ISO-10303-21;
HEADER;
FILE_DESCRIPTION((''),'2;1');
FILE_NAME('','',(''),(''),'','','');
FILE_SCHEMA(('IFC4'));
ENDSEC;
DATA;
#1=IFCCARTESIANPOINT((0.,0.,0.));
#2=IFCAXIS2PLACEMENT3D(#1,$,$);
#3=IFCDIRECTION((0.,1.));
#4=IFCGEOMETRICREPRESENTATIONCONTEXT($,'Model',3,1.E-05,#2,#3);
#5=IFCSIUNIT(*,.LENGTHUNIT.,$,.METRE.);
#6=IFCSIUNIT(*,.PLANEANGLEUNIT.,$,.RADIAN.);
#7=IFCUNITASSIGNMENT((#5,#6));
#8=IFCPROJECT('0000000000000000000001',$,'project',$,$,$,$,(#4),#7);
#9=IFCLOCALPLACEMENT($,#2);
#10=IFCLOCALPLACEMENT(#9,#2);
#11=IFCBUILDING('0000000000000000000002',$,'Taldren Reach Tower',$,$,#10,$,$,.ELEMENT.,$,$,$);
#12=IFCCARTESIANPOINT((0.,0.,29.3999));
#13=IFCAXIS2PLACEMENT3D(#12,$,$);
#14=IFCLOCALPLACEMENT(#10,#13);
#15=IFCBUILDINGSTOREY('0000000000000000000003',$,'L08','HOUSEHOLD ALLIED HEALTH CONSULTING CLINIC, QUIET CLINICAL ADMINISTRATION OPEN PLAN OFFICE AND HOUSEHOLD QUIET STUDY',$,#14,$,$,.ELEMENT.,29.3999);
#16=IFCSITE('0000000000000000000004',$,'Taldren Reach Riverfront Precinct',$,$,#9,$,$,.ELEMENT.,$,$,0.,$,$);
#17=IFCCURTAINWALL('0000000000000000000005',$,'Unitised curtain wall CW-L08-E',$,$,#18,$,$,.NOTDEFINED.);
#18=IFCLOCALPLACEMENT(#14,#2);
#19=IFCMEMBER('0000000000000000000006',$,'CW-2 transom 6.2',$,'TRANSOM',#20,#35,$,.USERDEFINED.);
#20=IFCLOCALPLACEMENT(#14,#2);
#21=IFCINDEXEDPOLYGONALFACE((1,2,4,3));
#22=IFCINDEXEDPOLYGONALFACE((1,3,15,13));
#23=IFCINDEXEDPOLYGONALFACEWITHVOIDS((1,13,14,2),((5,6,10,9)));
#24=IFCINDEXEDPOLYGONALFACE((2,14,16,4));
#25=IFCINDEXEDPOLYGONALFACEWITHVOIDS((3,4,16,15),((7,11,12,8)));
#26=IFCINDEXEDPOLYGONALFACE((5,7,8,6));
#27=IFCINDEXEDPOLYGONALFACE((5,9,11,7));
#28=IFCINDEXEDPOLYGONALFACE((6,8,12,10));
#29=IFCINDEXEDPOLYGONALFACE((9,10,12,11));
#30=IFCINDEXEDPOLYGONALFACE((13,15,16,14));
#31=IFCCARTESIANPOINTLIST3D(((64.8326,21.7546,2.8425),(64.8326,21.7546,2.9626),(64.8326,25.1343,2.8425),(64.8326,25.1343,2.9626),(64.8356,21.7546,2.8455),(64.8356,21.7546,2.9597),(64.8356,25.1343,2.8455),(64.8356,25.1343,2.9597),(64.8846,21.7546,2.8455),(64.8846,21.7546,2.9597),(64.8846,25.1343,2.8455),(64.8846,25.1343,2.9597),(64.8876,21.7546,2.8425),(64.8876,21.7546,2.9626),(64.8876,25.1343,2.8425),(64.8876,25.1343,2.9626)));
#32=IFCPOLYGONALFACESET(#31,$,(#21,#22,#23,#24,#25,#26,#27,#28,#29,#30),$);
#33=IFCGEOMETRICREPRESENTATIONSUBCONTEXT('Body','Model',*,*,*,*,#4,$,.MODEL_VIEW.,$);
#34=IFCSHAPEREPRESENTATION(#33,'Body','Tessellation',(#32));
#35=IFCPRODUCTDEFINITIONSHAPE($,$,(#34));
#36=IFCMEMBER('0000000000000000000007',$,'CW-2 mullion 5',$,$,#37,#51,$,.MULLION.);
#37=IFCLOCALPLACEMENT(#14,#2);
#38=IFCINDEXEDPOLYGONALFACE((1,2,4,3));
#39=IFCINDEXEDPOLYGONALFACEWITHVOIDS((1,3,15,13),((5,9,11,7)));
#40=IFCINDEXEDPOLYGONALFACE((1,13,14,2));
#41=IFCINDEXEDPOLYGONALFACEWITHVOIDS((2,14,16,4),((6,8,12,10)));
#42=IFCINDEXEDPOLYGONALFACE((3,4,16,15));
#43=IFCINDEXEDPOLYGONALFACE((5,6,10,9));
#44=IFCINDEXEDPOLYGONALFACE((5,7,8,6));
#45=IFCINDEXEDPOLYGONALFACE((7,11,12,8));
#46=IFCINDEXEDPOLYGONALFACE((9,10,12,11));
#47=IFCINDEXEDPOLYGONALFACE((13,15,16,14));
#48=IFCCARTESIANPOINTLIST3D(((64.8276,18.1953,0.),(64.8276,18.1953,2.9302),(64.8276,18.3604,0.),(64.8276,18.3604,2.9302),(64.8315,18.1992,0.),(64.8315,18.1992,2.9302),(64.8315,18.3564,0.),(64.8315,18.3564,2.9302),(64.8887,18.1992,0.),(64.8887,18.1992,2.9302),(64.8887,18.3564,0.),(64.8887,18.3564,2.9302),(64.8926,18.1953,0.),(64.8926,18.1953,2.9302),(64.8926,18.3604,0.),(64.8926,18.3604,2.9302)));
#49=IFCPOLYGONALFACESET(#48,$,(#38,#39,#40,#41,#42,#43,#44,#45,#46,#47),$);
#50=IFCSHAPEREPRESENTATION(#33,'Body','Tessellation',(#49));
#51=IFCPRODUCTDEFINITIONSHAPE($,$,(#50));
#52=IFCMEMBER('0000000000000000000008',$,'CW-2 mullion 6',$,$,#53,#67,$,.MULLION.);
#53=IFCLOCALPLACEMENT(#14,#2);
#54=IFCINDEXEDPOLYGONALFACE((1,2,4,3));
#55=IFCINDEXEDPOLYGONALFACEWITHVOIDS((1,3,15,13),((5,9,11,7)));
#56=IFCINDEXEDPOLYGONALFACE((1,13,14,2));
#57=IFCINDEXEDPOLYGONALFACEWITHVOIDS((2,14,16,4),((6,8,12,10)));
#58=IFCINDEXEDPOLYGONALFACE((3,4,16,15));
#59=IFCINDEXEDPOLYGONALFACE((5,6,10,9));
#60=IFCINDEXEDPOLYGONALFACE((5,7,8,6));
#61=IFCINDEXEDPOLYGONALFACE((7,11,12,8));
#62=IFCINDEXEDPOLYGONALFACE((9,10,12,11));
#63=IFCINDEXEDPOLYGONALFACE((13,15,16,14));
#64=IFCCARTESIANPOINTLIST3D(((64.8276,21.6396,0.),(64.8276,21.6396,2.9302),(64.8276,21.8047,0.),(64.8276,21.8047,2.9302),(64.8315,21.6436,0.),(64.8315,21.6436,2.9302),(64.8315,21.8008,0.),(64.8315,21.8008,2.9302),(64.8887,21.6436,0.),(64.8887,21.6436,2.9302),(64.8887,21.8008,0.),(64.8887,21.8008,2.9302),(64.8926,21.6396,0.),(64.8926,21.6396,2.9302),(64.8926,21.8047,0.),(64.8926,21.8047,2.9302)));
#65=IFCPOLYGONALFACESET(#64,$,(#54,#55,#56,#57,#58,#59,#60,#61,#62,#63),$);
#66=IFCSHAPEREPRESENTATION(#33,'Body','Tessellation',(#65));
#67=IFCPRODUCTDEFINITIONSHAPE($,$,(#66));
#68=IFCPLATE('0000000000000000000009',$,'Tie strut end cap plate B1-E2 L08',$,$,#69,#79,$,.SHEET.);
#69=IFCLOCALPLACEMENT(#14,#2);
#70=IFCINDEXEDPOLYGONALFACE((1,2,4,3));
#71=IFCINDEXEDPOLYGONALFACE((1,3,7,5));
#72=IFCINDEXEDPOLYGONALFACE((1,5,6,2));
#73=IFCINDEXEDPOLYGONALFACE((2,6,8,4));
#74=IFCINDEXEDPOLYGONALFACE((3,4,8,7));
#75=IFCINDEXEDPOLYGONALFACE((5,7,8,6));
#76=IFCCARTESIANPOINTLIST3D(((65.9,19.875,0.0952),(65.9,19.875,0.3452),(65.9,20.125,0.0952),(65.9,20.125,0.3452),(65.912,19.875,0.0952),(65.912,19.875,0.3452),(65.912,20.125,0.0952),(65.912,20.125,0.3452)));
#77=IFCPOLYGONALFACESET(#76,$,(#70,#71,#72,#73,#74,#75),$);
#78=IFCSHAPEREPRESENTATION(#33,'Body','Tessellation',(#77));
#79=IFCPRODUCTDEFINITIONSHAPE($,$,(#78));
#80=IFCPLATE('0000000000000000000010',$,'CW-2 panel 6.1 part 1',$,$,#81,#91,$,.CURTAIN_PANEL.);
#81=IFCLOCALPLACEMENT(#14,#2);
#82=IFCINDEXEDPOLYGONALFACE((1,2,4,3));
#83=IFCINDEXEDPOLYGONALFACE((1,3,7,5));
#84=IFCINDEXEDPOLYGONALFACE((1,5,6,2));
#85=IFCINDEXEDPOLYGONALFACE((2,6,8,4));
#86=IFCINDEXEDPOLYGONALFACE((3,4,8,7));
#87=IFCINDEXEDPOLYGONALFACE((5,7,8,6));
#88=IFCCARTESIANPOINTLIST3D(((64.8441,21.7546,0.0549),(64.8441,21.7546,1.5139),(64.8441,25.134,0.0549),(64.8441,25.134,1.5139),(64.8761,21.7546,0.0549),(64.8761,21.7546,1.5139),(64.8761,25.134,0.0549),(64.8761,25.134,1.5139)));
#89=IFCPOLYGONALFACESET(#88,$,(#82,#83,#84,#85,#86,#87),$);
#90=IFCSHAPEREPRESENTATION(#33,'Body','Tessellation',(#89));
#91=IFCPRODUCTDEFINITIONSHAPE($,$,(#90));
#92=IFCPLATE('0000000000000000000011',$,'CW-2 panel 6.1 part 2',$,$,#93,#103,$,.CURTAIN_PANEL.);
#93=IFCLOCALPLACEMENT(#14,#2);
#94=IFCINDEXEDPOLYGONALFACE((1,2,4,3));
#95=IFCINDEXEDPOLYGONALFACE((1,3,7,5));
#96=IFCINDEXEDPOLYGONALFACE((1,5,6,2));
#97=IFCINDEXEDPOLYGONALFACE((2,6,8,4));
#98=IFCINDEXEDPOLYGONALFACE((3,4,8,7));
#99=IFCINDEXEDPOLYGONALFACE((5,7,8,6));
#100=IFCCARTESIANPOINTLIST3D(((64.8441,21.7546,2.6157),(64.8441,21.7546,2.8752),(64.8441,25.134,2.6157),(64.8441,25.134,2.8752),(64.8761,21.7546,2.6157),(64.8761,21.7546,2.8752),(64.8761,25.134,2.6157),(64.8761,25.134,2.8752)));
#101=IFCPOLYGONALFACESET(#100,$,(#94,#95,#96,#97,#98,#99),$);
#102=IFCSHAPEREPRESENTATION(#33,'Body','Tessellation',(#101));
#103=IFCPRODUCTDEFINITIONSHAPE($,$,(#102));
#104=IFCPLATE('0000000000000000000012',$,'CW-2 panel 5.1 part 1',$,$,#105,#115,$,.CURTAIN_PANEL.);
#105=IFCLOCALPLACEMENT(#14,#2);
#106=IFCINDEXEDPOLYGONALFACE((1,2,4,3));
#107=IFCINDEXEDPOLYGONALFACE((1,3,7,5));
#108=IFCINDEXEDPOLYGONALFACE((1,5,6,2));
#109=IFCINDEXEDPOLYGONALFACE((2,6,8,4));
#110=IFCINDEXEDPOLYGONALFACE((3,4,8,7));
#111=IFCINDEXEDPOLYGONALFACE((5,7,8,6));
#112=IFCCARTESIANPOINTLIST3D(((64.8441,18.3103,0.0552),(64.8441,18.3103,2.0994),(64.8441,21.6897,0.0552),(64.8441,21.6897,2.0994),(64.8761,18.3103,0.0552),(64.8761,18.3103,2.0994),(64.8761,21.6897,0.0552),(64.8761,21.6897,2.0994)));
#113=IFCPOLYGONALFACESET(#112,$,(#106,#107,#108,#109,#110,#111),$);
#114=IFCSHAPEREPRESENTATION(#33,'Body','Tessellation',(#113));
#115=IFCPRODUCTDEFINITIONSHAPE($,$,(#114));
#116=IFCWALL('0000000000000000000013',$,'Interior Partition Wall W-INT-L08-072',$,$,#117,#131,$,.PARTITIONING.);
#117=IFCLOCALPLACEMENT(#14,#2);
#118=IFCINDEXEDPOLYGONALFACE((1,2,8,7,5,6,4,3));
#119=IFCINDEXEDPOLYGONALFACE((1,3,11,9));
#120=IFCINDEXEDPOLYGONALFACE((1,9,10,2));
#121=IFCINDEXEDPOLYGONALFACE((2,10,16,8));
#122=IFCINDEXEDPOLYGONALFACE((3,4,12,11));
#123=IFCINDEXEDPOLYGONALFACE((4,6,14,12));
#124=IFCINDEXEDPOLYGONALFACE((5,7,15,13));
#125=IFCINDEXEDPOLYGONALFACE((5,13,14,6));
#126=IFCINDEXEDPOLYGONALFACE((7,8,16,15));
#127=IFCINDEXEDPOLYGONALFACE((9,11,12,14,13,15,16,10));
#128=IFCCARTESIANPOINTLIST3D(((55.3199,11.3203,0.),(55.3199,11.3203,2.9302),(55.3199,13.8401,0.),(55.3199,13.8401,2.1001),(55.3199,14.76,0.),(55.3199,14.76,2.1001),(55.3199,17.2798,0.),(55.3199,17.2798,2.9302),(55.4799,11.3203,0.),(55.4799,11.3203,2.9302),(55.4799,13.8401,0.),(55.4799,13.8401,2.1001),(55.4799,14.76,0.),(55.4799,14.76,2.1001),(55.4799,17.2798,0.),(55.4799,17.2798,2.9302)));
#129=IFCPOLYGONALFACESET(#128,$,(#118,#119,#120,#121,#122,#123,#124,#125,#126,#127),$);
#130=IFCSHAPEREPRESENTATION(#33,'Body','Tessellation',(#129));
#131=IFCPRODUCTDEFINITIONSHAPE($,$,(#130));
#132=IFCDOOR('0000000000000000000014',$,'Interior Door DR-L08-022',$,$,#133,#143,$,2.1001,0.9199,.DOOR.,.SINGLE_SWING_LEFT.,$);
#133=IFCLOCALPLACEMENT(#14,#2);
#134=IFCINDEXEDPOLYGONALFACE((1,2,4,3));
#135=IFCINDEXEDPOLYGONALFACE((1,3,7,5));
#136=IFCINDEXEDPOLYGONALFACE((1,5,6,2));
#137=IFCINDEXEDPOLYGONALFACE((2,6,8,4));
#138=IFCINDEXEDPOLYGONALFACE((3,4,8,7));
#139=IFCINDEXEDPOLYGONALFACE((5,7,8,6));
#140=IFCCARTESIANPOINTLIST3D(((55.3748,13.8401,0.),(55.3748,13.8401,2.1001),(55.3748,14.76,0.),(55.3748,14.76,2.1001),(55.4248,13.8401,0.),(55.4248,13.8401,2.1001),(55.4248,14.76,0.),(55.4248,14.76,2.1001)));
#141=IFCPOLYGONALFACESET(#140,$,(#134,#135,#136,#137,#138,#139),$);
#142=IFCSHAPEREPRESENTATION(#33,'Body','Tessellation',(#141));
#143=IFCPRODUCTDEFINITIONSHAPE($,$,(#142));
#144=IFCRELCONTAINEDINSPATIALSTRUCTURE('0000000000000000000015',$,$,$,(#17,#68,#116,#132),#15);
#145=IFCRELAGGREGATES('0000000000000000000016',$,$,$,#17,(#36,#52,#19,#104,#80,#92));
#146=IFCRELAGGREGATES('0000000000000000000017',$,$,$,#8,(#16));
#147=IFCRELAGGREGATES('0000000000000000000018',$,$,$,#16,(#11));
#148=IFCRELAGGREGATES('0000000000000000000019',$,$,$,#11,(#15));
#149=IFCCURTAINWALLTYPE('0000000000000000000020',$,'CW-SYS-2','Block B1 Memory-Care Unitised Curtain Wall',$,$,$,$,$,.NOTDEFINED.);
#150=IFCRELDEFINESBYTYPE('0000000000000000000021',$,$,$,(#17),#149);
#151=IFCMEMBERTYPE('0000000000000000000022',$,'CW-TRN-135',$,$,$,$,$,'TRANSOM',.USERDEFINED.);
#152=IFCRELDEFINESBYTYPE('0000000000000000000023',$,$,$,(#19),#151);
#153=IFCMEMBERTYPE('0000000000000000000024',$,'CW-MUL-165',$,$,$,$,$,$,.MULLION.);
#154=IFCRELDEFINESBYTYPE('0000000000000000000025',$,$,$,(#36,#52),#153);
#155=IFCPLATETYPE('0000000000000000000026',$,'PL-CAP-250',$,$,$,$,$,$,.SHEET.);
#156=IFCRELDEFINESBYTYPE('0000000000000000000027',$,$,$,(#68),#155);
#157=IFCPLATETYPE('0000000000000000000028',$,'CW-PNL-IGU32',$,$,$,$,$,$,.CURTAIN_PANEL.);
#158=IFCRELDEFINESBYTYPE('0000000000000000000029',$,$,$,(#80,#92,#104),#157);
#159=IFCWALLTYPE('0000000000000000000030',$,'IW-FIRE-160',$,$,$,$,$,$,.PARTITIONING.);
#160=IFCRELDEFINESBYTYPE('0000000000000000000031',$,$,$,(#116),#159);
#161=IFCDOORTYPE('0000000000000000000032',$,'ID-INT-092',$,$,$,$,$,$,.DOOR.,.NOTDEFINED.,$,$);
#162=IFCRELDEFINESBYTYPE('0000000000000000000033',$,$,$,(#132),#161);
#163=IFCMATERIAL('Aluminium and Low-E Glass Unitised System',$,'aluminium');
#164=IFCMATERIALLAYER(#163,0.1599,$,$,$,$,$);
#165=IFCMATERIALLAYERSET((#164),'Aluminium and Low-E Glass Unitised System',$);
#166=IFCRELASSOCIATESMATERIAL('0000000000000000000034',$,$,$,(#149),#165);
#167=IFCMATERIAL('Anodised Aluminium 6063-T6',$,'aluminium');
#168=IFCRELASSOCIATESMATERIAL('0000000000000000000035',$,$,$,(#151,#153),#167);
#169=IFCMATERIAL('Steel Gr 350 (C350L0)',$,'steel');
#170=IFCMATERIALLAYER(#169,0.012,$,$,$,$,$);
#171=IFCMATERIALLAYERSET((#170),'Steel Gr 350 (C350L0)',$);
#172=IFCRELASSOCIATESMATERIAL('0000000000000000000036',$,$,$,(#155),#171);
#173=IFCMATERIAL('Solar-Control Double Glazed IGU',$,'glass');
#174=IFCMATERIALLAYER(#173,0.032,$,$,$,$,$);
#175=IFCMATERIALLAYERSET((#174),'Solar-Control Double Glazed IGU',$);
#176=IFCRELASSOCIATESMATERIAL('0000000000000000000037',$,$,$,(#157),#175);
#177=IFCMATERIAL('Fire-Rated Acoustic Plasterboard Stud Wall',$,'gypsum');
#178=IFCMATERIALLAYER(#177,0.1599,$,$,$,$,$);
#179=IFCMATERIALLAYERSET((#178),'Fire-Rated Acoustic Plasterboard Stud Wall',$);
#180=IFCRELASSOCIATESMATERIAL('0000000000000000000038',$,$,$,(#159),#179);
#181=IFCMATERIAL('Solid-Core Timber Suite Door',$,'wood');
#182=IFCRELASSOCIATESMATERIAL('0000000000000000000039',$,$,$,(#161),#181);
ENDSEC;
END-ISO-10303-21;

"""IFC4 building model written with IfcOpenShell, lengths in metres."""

from ifc_helpers import new_model, si_unit, direction, frame, frame_2d, origin, origin_2d, place, context, subcontext, project, spatial, rectangle, hollow_rectangle, extrude, source, transform, mapped, material, layer, layer_set, material_profile, profile_set, type_object, element, fill, aggregate, save


model = new_model("IFC4")

# Units and contexts
model_context = context("Model", 3, precision=1e-05, world=origin(), true_north=direction((0.0, 1.0)))
body_context = subcontext(model_context, "Body", "Model", "MODEL_VIEW")
ifc_project = project(units=[si_unit("LENGTHUNIT", "METRE"), si_unit("PLANEANGLEUNIT", "RADIAN")], contexts=[model_context])

# Site, building, storey
site_placement = place(None, origin())
site = spatial("IfcSite", under=ifc_project, at=site_placement, Name="Taldren Reach Riverfront Precinct", CompositionType="ELEMENT", RefElevation=0.0)
building_placement = place(site_placement, origin())
building = spatial("IfcBuilding", under=site, at=building_placement, Name="Taldren Reach Tower", CompositionType="ELEMENT")
storey_placement = place(building_placement, frame((0.0, 0.0, 29.3999)))
storey = spatial("IfcBuildingStorey", under=building, at=storey_placement, Name="L08", Description="HOUSEHOLD ALLIED HEALTH CONSULTING CLINIC, QUIET CLINICAL ADMINISTRATION OPEN PLAN OFFICE AND HOUSEHOLD QUIET STUDY", CompositionType="ELEMENT", Elevation=29.3999)

# Shared definitions
ifc_material_1 = material(Name="Steel Gr 350 (C350L0)", Category="steel")

# Curtain wall, members
ifc_material_2 = material(Name="Aluminium and Low-E Glass Unitised System", Category="aluminium")
ifc_layer_1 = layer(ifc_material_2, 0.1599)
ifc_layer_set_1 = layer_set([ifc_layer_1], Name="Aluminium and Low-E Glass Unitised System")
curtain_wall_type = type_object("IfcCurtainWallType", Name="CW-SYS-2", Description="Block B1 Memory-Care Unitised Curtain Wall", PredefinedType="NOTDEFINED", material=ifc_layer_set_1)
curtain_wall_placement = place(storey_placement, origin())
curtain_wall = element("IfcCurtainWall", 1, at=curtain_wall_placement, inside=storey, type_object=curtain_wall_type, Name="Unitised curtain wall CW-L08-E", PredefinedType="NOTDEFINED")
ifc_material_3 = material(Name="Anodised Aluminium 6063-T6", Category="aluminium")
ifc_material_profile_1 = material_profile(ifc_material_3, hollow_rectangle(XDim=0.0549, YDim=0.1201, WallThickness=0.0029, at=origin_2d()), Name="ALU-120x55x3RHS")
ifc_profile_set_1 = profile_set([ifc_material_profile_1], Name="Anodised Aluminium 6063-T6")
member_type_1 = type_object("IfcMemberType", Name="CW-TRN-135", ElementType="TRANSOM", PredefinedType="USERDEFINED", material=ifc_profile_set_1)
shared_shape_1 = source(origin(), body_context, "Body", "SweptSolid", [
    extrude(hollow_rectangle(XDim=0.0549, YDim=0.1201, WallThickness=0.0029, at=origin_2d()), origin(), (0.0, 0.0, 1.0), 3.3796),
])
member_1_placement = place(storey_placement, frame((64.8601, 21.7546, 2.9026), z_axis=(0.0, 1.0, 0.0), x_axis=(-1.0, 0.0, 0.0)))
member_1 = element("IfcMember", 2, at=member_1_placement, type_object=member_type_1, Name="CW-2 transom 6.2", ObjectType="TRANSOM", PredefinedType="USERDEFINED", context=body_context, shape_type="MappedRepresentation", body=[
    mapped(shared_shape_1, transform((0.0, 0.0, 0.0), scale=1.0)),
])
ifc_material_profile_2 = material_profile(ifc_material_3, hollow_rectangle(XDim=0.0649, YDim=0.165, WallThickness=0.0039, at=origin_2d()), Name="ALU-165x65x4RHS")
ifc_profile_set_2 = profile_set([ifc_material_profile_2], Name="Anodised Aluminium 6063-T6")
member_type_2 = type_object("IfcMemberType", Name="CW-MUL-165", PredefinedType="MULLION", material=ifc_profile_set_2)
shared_shape_2 = source(origin(), body_context, "Body", "SweptSolid", [
    extrude(hollow_rectangle(XDim=0.0649, YDim=0.165, WallThickness=0.0039, at=origin_2d()), origin(), (0.0, 0.0, 1.0), 2.9302),
])
member_2_placement = place(storey_placement, frame((64.8601, 18.2778, 0.0), z_axis=(0.0, 0.0, 1.0), x_axis=(-1.0, 0.0, 0.0)))
member_2 = element("IfcMember", 3, at=member_2_placement, type_object=member_type_2, Name="CW-2 mullion 5", PredefinedType="MULLION", context=body_context, shape_type="MappedRepresentation", body=[
    mapped(shared_shape_2, transform((0.0, 0.0, 0.0), scale=1.0)),
])
member_3_placement = place(storey_placement, frame((64.8601, 21.7222, 0.0), z_axis=(0.0, 0.0, 1.0), x_axis=(-1.0, 0.0, 0.0)))
member_3 = element("IfcMember", 4, at=member_3_placement, type_object=member_type_2, Name="CW-2 mullion 6", PredefinedType="MULLION", context=body_context, shape_type="MappedRepresentation", body=[
    mapped(shared_shape_2, transform((0.0, 0.0, 0.0), scale=1.0)),
])

# Plates
ifc_layer_2 = layer(ifc_material_1, 0.012)
ifc_layer_set_2 = layer_set([ifc_layer_2], Name="Steel Gr 350 (C350L0)")
plate_type_1 = type_object("IfcPlateType", Name="PL-CAP-250", PredefinedType="SHEET", material=ifc_layer_set_2)
shared_shape_3 = source(origin(), body_context, "Body", "SweptSolid", [
    extrude(rectangle(XDim=0.012, YDim=0.25, at=origin_2d()), origin(), (0.0, 0.0, 1.0), 0.25),
])
plate_1_placement = place(storey_placement, frame((65.906, 20.0, 0.0952), z_axis=(0.0, 0.0, 1.0), x_axis=(1.0, 0.0, 0.0)))
element("IfcPlate", 5, at=plate_1_placement, inside=storey, type_object=plate_type_1, Name="Tie strut end cap plate B1-E2 L08", PredefinedType="SHEET", context=body_context, shape_type="MappedRepresentation", body=[
    mapped(shared_shape_3, transform((0.0, 0.0, 0.0), scale=1.0)),
])
ifc_material_4 = material(Name="Solar-Control Double Glazed IGU", Category="glass")
ifc_layer_3 = layer(ifc_material_4, 0.032)
ifc_layer_set_3 = layer_set([ifc_layer_3], Name="Solar-Control Double Glazed IGU")
plate_type_2 = type_object("IfcPlateType", Name="CW-PNL-IGU32", PredefinedType="CURTAIN_PANEL", material=ifc_layer_set_3)
shared_shape_4 = source(origin(), body_context, "Body", "SweptSolid", [
    extrude(rectangle(XDim=3.3794, YDim=0.032, at=origin_2d()), origin(), (0.0, 0.0, 1.0), 1.459),
])
plate_2_placement = place(storey_placement, frame((64.8601, 23.4443, 0.0549), z_axis=(0.0, 0.0, 1.0), x_axis=(0.0, 1.0, 0.0)))
plate_2 = element("IfcPlate", 6, at=plate_2_placement, type_object=plate_type_2, Name="CW-2 panel 6.1 part 1", PredefinedType="CURTAIN_PANEL", context=body_context, shape_type="MappedRepresentation", body=[
    mapped(shared_shape_4, transform((0.0, 0.0, 0.0), scale=1.0)),
])
shared_shape_5 = source(origin(), body_context, "Body", "SweptSolid", [
    extrude(rectangle(XDim=3.3794, YDim=0.032, at=origin_2d()), origin(), (0.0, 0.0, 1.0), 0.2595),
])
plate_3_placement = place(storey_placement, frame((64.8601, 23.4443, 2.6157), z_axis=(0.0, 0.0, 1.0), x_axis=(0.0, 1.0, 0.0)))
plate_3 = element("IfcPlate", 7, at=plate_3_placement, type_object=plate_type_2, Name="CW-2 panel 6.1 part 2", PredefinedType="CURTAIN_PANEL", context=body_context, shape_type="MappedRepresentation", body=[
    mapped(shared_shape_5, transform((0.0, 0.0, 0.0), scale=1.0)),
])
shared_shape_6 = source(origin(), body_context, "Body", "SweptSolid", [
    extrude(rectangle(XDim=3.3794, YDim=0.032, at=origin_2d()), origin(), (0.0, 0.0, 1.0), 2.0442),
])
plate_4_placement = place(storey_placement, frame((64.8601, 20.0, 0.0552), z_axis=(0.0, 0.0, 1.0), x_axis=(0.0, 1.0, 0.0)))
plate_4 = element("IfcPlate", 8, at=plate_4_placement, type_object=plate_type_2, Name="CW-2 panel 5.1 part 1", PredefinedType="CURTAIN_PANEL", context=body_context, shape_type="MappedRepresentation", body=[
    mapped(shared_shape_6, transform((0.0, 0.0, 0.0), scale=1.0)),
])
aggregate(curtain_wall, [member_2, member_3, member_1, plate_4, plate_2, plate_3])

# Wall, opening, door
ifc_material_5 = material(Name="Fire-Rated Acoustic Plasterboard Stud Wall", Category="gypsum")
ifc_layer_4 = layer(ifc_material_5, 0.1599)
ifc_layer_set_4 = layer_set([ifc_layer_4], Name="Fire-Rated Acoustic Plasterboard Stud Wall")
wall_type_1 = type_object("IfcWallType", Name="IW-FIRE-160", PredefinedType="PARTITIONING", material=ifc_layer_set_4)
shared_shape_7 = source(origin(), body_context, "Body", "SweptSolid", [
    extrude(rectangle(XDim=5.9595, YDim=0.1599, at=frame_2d((2.9797, 0.0))), origin(), (0.0, 0.0, 1.0), 2.9302),
])
wall_1_placement = place(storey_placement, frame((55.3999, 17.2798, 0.0), z_axis=(0.0, 0.0, 1.0), x_axis=(0.0, -1.0, 0.0)))
wall_1 = element("IfcWall", 9, at=wall_1_placement, inside=storey, type_object=wall_type_1, Name="Interior Partition Wall W-INT-L08-072", PredefinedType="PARTITIONING", context=body_context, shape_type="MappedRepresentation", body=[
    mapped(shared_shape_7, transform((0.0, 0.0, 0.0), scale=1.0)),
])
shared_shape_8 = source(origin(), body_context, "Body", "SweptSolid", [
    extrude(rectangle(XDim=0.9199, YDim=2.1001, at=frame_2d((0.46, 1.05))), frame((0.0, 0.0898, 0.0), z_axis=(0.0, -1.0, 0.0), x_axis=(1.0, 0.0, 0.0)), (0.0, 0.0, 1.0), 0.1799),
])
opening_1_placement = place(wall_1_placement, frame((2.5198, 0.0, 0.0)))
opening_1 = element("IfcOpeningElement", 10, at=opening_1_placement, cuts=wall_1, PredefinedType="OPENING", context=body_context, shape_type="MappedRepresentation", body=[
    mapped(shared_shape_8, transform((0.0, 0.0, 0.0), scale=1.0)),
])
ifc_material_6 = material(Name="Solid-Core Timber Suite Door", Category="wood")
door_type_1 = type_object("IfcDoorType", Name="ID-INT-092", OperationType="NOTDEFINED", PredefinedType="DOOR", material=ifc_material_6)
shared_shape_9 = source(origin(), body_context, "Body", "SweptSolid", [
    extrude(rectangle(XDim=0.9199, YDim=2.1001, at=frame_2d((0.46, 1.05))), frame((0.0, 0.0249, 0.0), z_axis=(0.0, -1.0, 0.0), x_axis=(1.0, 0.0, 0.0)), (0.0, 0.0, 1.0), 0.05),
])
door_1_placement = place(opening_1_placement, origin())
door_1 = element("IfcDoor", 11, at=door_1_placement, inside=storey, type_object=door_type_1, Name="Interior Door DR-L08-022", OperationType="SINGLE_SWING_LEFT", OverallHeight=2.1001, OverallWidth=0.9199, PredefinedType="DOOR", context=body_context, shape_type="MappedRepresentation", body=[
    mapped(shared_shape_9, transform((0.0, 0.0, 0.0), scale=1.0)),
])
fill(opening_1, door_1)

save(model, "model.ifc")
